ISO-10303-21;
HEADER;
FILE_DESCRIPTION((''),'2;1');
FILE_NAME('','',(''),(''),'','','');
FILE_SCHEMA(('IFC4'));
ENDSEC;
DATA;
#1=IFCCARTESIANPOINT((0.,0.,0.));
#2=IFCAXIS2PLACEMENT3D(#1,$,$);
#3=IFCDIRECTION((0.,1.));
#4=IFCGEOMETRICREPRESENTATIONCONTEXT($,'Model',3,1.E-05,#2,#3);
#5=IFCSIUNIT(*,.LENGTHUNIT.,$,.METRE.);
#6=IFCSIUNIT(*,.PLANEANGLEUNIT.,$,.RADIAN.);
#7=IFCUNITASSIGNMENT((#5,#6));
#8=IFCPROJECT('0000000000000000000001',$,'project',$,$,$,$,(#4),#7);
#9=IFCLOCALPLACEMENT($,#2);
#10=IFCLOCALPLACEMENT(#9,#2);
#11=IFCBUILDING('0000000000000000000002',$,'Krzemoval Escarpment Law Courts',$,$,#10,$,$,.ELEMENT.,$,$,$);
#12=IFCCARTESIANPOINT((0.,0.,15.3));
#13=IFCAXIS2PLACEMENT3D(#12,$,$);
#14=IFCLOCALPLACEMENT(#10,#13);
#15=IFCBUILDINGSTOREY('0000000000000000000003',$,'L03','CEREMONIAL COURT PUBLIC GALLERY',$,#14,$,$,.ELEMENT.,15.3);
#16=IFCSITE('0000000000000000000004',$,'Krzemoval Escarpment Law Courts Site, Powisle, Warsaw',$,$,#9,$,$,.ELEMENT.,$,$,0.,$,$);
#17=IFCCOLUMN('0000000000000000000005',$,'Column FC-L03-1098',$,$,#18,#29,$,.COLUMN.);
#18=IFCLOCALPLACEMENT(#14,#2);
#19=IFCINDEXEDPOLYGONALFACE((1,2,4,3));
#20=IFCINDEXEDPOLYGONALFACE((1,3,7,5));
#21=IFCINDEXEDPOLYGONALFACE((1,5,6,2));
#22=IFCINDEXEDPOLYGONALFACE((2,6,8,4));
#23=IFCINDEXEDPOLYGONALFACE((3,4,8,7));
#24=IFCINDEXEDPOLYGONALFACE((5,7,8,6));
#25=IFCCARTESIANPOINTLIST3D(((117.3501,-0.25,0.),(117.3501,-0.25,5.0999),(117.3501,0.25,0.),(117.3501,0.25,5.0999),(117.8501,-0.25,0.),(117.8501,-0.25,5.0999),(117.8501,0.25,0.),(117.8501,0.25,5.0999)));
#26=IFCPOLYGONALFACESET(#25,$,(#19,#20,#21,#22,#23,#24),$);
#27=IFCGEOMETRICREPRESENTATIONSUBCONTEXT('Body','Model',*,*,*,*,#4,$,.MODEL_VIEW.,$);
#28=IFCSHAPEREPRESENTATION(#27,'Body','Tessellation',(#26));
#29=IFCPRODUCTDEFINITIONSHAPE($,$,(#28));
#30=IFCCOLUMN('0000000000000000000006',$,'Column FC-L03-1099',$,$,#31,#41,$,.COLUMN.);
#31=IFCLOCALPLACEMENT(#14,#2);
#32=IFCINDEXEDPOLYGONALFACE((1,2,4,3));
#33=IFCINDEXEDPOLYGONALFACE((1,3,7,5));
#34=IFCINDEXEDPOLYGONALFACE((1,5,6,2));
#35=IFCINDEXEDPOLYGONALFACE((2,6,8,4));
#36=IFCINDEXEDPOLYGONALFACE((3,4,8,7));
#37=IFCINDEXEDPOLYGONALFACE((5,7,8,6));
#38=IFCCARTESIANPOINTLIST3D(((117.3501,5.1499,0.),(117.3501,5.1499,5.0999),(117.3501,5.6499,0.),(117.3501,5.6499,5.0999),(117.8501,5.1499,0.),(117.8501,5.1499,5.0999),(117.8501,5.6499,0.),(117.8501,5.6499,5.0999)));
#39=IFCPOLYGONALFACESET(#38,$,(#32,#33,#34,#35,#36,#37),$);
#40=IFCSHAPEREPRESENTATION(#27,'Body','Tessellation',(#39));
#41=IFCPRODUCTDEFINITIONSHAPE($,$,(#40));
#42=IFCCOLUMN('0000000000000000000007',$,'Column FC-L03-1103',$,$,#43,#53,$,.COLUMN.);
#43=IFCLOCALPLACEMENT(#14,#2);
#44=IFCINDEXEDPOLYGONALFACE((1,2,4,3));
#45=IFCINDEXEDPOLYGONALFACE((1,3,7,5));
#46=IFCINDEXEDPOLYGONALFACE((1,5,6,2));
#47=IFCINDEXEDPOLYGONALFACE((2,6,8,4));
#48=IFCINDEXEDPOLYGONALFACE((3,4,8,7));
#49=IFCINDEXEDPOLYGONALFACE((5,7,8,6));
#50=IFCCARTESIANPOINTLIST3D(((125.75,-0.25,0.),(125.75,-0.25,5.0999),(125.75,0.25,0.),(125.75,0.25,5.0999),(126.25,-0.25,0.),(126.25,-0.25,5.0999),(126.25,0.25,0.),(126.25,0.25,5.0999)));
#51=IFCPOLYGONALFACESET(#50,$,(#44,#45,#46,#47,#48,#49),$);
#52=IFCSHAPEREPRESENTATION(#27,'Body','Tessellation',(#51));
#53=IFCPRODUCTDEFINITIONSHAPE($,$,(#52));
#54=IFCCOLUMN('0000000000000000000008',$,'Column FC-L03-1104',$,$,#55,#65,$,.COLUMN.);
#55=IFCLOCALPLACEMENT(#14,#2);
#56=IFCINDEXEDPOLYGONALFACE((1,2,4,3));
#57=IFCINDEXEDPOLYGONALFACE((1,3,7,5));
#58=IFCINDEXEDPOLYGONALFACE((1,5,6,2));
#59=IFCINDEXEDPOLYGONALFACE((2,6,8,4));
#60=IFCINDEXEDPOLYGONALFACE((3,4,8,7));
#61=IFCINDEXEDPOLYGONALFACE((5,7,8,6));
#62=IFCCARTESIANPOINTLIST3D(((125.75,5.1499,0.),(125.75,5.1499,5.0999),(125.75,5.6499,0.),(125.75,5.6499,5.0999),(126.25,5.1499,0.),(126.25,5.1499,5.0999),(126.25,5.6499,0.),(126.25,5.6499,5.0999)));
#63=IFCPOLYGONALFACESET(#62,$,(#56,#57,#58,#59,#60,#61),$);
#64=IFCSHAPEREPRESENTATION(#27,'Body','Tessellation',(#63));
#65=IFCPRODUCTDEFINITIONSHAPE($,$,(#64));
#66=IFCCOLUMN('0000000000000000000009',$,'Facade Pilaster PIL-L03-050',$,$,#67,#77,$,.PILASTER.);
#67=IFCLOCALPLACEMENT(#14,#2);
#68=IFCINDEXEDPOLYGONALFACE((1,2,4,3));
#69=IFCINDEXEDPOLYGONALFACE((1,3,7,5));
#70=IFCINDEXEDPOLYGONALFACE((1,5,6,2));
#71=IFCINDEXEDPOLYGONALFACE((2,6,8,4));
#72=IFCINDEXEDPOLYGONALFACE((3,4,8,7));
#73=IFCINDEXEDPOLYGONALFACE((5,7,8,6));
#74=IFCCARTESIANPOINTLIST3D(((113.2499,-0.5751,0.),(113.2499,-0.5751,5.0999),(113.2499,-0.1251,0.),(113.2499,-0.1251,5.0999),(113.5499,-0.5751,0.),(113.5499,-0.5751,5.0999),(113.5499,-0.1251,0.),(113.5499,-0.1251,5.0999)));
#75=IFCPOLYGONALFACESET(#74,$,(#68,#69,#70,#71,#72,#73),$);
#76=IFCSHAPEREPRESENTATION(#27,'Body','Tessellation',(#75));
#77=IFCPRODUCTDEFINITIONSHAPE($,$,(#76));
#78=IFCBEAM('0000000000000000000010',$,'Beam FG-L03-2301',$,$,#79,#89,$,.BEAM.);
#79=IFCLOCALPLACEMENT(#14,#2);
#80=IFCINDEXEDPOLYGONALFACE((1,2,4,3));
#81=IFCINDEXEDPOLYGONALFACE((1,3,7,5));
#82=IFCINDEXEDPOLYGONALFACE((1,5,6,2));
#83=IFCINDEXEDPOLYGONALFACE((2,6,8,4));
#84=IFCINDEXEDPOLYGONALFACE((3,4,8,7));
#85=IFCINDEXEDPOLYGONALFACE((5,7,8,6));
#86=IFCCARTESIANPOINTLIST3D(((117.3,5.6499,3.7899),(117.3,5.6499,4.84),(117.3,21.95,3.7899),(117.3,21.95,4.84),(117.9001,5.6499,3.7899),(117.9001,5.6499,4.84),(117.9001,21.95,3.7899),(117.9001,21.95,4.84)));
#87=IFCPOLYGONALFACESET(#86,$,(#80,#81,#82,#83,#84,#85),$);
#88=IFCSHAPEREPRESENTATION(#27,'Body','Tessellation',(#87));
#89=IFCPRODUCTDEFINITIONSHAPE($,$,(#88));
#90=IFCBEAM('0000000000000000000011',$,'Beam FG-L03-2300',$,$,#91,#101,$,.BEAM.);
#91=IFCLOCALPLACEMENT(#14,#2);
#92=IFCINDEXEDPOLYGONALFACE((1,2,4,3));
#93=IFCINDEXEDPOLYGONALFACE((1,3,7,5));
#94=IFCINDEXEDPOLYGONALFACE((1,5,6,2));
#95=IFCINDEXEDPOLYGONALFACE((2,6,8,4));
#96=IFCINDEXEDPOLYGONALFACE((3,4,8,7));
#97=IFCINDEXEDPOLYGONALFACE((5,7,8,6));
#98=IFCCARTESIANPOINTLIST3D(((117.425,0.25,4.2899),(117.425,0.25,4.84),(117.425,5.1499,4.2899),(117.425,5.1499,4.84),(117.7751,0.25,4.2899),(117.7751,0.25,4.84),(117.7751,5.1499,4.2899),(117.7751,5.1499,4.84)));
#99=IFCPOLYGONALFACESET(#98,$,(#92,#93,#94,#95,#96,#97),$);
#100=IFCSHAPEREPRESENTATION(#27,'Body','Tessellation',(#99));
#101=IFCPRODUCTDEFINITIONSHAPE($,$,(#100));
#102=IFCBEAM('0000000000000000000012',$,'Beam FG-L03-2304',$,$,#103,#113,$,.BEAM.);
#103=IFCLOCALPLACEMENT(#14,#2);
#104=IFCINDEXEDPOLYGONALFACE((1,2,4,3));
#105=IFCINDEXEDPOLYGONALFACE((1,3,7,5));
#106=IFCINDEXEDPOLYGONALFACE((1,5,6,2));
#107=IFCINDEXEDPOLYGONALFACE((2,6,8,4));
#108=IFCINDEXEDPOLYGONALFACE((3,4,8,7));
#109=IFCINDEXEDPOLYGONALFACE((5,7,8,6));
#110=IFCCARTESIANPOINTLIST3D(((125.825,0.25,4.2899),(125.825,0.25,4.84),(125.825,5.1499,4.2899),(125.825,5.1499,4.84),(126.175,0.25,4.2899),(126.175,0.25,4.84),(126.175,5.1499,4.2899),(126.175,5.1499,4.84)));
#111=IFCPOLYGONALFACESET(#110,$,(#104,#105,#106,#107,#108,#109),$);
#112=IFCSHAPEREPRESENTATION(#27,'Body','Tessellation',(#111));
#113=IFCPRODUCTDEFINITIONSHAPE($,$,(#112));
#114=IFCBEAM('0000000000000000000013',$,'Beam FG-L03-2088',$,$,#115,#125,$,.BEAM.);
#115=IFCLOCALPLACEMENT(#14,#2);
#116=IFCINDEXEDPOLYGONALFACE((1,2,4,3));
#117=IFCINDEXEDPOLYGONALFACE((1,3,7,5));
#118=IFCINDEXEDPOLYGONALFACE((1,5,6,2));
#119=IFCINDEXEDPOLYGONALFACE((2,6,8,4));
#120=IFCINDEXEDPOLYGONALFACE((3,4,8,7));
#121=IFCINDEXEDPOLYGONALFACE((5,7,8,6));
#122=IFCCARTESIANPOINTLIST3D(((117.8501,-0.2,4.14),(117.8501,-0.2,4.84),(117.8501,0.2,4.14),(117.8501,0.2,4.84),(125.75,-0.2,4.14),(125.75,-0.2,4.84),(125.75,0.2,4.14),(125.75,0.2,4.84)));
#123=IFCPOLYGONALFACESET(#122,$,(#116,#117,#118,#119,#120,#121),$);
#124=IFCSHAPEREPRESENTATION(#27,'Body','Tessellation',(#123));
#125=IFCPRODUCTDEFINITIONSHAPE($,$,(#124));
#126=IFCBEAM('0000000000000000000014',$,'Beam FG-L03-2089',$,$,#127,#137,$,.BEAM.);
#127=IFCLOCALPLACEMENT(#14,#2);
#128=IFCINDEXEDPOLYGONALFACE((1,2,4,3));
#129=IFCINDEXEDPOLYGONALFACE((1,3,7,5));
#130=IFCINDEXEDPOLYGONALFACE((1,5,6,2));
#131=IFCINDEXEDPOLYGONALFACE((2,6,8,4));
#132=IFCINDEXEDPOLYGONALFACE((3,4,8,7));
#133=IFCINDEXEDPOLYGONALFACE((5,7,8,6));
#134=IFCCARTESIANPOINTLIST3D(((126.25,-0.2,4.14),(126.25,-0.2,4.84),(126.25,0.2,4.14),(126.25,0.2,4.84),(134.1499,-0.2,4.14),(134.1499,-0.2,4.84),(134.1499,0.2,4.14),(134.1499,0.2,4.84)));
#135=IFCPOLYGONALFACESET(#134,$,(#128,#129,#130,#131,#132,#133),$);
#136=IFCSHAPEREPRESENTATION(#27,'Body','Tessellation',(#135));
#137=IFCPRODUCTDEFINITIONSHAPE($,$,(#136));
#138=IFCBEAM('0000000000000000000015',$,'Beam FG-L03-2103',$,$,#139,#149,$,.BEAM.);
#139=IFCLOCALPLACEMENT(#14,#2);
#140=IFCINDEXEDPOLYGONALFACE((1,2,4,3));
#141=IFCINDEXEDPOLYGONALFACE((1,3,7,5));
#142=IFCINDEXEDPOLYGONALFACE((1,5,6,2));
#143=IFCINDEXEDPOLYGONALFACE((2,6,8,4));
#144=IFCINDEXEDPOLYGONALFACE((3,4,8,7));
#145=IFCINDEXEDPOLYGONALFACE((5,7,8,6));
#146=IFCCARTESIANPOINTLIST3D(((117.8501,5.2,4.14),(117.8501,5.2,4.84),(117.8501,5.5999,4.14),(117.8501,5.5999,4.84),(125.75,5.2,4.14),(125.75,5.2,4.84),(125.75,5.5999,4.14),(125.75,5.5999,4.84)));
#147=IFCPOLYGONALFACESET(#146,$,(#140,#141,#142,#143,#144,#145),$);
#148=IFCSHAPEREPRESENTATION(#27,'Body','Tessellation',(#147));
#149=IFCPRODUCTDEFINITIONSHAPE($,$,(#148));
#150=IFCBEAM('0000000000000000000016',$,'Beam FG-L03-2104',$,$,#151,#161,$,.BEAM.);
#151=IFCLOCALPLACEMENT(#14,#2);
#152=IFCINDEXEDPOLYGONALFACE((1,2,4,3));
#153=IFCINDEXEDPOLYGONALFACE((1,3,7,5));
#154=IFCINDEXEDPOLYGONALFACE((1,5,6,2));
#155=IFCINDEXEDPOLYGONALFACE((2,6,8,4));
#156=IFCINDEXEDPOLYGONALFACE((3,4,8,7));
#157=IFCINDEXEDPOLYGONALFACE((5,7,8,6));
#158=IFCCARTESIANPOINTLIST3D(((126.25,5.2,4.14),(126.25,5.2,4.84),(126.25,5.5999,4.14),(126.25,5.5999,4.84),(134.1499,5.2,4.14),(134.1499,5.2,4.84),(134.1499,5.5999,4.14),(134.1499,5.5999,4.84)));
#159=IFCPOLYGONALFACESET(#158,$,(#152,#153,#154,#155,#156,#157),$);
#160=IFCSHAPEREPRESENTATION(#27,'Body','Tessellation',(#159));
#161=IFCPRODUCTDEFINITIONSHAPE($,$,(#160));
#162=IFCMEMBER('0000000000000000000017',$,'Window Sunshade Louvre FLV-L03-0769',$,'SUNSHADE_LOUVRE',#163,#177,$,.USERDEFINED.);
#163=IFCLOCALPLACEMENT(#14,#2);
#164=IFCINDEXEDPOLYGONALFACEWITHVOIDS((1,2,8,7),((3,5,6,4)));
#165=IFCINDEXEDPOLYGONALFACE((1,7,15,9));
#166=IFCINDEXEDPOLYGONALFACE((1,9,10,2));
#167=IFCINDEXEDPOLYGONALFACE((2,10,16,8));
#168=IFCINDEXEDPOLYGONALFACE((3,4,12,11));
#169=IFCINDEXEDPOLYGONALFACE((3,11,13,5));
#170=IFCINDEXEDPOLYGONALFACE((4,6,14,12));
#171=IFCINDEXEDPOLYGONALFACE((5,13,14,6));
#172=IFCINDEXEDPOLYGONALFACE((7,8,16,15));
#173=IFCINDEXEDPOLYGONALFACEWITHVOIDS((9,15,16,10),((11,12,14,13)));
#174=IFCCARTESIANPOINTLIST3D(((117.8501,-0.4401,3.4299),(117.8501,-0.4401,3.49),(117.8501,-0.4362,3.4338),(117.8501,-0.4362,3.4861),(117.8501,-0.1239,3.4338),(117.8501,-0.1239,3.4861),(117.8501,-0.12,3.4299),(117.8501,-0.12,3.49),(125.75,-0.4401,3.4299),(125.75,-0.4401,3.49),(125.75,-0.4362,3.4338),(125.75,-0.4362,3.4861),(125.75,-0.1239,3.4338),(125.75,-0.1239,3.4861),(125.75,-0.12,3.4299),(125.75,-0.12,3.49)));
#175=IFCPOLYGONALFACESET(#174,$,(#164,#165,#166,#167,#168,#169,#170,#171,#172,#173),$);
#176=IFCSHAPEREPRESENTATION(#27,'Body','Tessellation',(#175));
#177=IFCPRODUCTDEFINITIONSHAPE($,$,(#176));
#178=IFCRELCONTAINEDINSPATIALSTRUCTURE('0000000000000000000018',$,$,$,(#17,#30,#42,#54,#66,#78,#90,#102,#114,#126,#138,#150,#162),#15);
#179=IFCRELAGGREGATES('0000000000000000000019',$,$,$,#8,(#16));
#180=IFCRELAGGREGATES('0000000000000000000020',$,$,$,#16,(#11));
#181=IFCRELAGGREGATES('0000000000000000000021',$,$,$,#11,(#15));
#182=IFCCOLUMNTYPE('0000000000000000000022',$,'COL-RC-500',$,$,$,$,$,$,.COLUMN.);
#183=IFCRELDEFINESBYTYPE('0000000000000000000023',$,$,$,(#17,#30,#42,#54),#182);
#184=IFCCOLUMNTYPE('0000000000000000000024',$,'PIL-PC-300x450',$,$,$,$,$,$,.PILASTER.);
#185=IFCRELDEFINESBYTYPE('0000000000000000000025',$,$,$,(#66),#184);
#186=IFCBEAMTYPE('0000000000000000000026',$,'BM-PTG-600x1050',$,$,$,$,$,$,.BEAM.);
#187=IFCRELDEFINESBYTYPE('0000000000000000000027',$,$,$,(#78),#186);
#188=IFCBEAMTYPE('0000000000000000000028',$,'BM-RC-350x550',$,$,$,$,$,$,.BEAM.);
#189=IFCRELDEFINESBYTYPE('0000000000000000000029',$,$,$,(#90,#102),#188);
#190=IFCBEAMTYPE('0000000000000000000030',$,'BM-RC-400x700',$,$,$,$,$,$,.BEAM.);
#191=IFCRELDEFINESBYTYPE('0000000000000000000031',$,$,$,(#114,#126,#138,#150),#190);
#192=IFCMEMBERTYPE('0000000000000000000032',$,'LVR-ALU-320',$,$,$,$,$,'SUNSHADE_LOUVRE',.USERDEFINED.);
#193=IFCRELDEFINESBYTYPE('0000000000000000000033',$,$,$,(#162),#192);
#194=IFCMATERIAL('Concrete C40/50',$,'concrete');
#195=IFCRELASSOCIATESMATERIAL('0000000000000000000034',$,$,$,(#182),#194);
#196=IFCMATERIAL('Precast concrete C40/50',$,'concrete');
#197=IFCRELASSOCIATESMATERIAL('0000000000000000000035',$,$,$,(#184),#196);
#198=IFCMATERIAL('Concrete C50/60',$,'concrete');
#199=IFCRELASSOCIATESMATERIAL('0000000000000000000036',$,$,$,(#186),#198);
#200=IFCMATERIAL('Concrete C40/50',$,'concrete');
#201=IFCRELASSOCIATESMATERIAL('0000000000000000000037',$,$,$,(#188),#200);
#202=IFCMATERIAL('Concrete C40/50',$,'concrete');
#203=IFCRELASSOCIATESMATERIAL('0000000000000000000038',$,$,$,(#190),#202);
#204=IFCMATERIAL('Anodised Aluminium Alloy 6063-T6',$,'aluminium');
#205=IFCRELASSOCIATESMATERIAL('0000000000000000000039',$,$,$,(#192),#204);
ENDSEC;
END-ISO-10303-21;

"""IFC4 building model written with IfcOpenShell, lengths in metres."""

from ifc_helpers import new_model, si_unit, direction, frame, origin, origin_2d, place, context, subcontext, project, spatial, rectangle, hollow_rectangle, extrude, material, material_profile, profile_set, type_object, element, save


model = new_model("IFC4")

# Units and contexts
model_context = context("Model", 3, precision=1e-05, world=origin(), true_north=direction((0.0, 1.0)))
body_context = subcontext(model_context, "Body", "Model", "MODEL_VIEW")
ifc_project = project(units=[si_unit("LENGTHUNIT", "METRE"), si_unit("PLANEANGLEUNIT", "RADIAN")], contexts=[model_context])

# Site, building, storey
site_placement = place(None, origin())
site = spatial("IfcSite", under=ifc_project, at=site_placement, Name="Krzemoval Escarpment Law Courts Site, Powisle, Warsaw", CompositionType="ELEMENT", RefElevation=0.0)
building_placement = place(site_placement, origin())
building = spatial("IfcBuilding", under=site, at=building_placement, Name="Krzemoval Escarpment Law Courts", CompositionType="ELEMENT")
storey_placement = place(building_placement, frame((0.0, 0.0, 15.3)))
storey = spatial("IfcBuildingStorey", under=building, at=storey_placement, Name="L03", Description="CEREMONIAL COURT PUBLIC GALLERY", CompositionType="ELEMENT", Elevation=15.3)

# Columns
ifc_material_1 = material(Name="Concrete C40/50", Category="concrete")
ifc_material_profile_1 = material_profile(ifc_material_1, rectangle(XDim=0.5, YDim=0.5, at=origin_2d()), Name="RC 500x500")
ifc_profile_set_1 = profile_set([ifc_material_profile_1], Name="Concrete C40/50")
column_type_1 = type_object("IfcColumnType", Name="COL-RC-500", PredefinedType="COLUMN", material=ifc_profile_set_1)
for number, where, z_axis, x_axis, name in (
    (1, (117.6001, 0.0, 0.0), (0.0, 0.0, 1.0), (1.0, 0.0, 0.0), "Column FC-L03-1098"),
    (2, (117.6001, 5.3999, 0.0), (0.0, 0.0, 1.0), (1.0, 0.0, 0.0), "Column FC-L03-1099"),
    (3, (126.0, 0.0, 0.0), (0.0, 0.0, 1.0), (1.0, 0.0, 0.0), "Column FC-L03-1103"),
    (4, (126.0, 5.3999, 0.0), (0.0, 0.0, 1.0), (1.0, 0.0, 0.0), "Column FC-L03-1104"),
):
    element("IfcColumn", number, at=place(storey_placement, frame(where, z_axis=z_axis, x_axis=x_axis)), inside=storey, type_object=column_type_1, Name=name, PredefinedType="COLUMN", context=body_context, shape_type="SweptSolid", body=[
        extrude(rectangle(XDim=0.5, YDim=0.5, at=origin_2d()), origin(), (0.0, 0.0, 1.0), 5.0999),
    ])
ifc_material_2 = material(Name="Precast concrete C40/50", Category="concrete")
ifc_material_profile_2 = material_profile(ifc_material_2, rectangle(XDim=0.3, YDim=0.45, at=origin_2d()), Name="PIL 300x450")
ifc_profile_set_2 = profile_set([ifc_material_profile_2], Name="Precast concrete C40/50")
column_type_2 = type_object("IfcColumnType", Name="PIL-PC-300x450", PredefinedType="PILASTER", material=ifc_profile_set_2)
column_placement = place(storey_placement, frame((113.3999, -0.3501, 0.0), z_axis=(0.0, 0.0, 1.0), x_axis=(1.0, 0.0, 0.0)))
element("IfcColumn", 5, at=column_placement, inside=storey, type_object=column_type_2, Name="Facade Pilaster PIL-L03-050", PredefinedType="PILASTER", context=body_context, shape_type="SweptSolid", body=[
    extrude(rectangle(XDim=0.3, YDim=0.45, at=origin_2d()), origin(), (0.0, 0.0, 1.0), 5.0999),
])

# Beams
ifc_material_3 = material(Name="Concrete C50/60", Category="concrete")
ifc_material_profile_3 = material_profile(ifc_material_3, rectangle(XDim=0.6001, YDim=1.05, at=origin_2d()), Name="PTG 600x1050")
ifc_profile_set_3 = profile_set([ifc_material_profile_3], Name="Concrete C50/60")
beam_type_1 = type_object("IfcBeamType", Name="BM-PTG-600x1050", PredefinedType="BEAM", material=ifc_profile_set_3)
beam_placement = place(storey_placement, frame((117.6001, 5.6499, 4.3149), z_axis=(0.0, 1.0, 0.0), x_axis=(-1.0, 0.0, 0.0)))
element("IfcBeam", 6, at=beam_placement, inside=storey, type_object=beam_type_1, Name="Beam FG-L03-2301", PredefinedType="BEAM", context=body_context, shape_type="SweptSolid", body=[
    extrude(rectangle(XDim=0.6001, YDim=1.05, at=origin_2d()), origin(), (0.0, 0.0, 1.0), 16.3),
])
ifc_material_4 = material(Name="Concrete C40/50", Category="concrete")
ifc_material_profile_4 = material_profile(ifc_material_4, rectangle(XDim=0.3501, YDim=0.55, at=origin_2d()), Name="RCB 350x550")
ifc_profile_set_4 = profile_set([ifc_material_profile_4], Name="Concrete C40/50")
beam_type_2 = type_object("IfcBeamType", Name="BM-RC-350x550", PredefinedType="BEAM", material=ifc_profile_set_4)
for number, where, z_axis, x_axis, name in (
    (7, (117.6001, 0.25, 4.5649), (0.0, 1.0, 0.0), (-1.0, 0.0, 0.0), "Beam FG-L03-2300"),
    (8, (126.0, 0.25, 4.5649), (0.0, 1.0, 0.0), (-1.0, 0.0, 0.0), "Beam FG-L03-2304"),
):
    element("IfcBeam", number, at=place(storey_placement, frame(where, z_axis=z_axis, x_axis=x_axis)), inside=storey, type_object=beam_type_2, Name=name, PredefinedType="BEAM", context=body_context, shape_type="SweptSolid", body=[
        extrude(rectangle(XDim=0.3501, YDim=0.55, at=origin_2d()), origin(), (0.0, 0.0, 1.0), 4.8999),
    ])
ifc_material_5 = material(Name="Concrete C40/50", Category="concrete")
ifc_material_profile_5 = material_profile(ifc_material_5, rectangle(XDim=0.3999, YDim=0.7, at=origin_2d()), Name="RCB 400x700")
ifc_profile_set_5 = profile_set([ifc_material_profile_5], Name="Concrete C40/50")
beam_type_3 = type_object("IfcBeamType", Name="BM-RC-400x700", PredefinedType="BEAM", material=ifc_profile_set_5)
for number, where, z_axis, x_axis, name in (
    (9, (117.8501, 0.0, 4.49), (1.0, 0.0, 0.0), (0.0, 1.0, 0.0), "Beam FG-L03-2088"),
    (10, (126.25, 0.0, 4.49), (1.0, 0.0, 0.0), (0.0, 1.0, 0.0), "Beam FG-L03-2089"),
    (11, (117.8501, 5.3999, 4.49), (1.0, 0.0, 0.0), (0.0, 1.0, 0.0), "Beam FG-L03-2103"),
    (12, (126.25, 5.3999, 4.49), (1.0, 0.0, 0.0), (0.0, 1.0, 0.0), "Beam FG-L03-2104"),
):
    element("IfcBeam", number, at=place(storey_placement, frame(where, z_axis=z_axis, x_axis=x_axis)), inside=storey, type_object=beam_type_3, Name=name, PredefinedType="BEAM", context=body_context, shape_type="SweptSolid", body=[
        extrude(rectangle(XDim=0.3999, YDim=0.7, at=origin_2d()), origin(), (0.0, 0.0, 1.0), 7.8999),
    ])

# Member
ifc_material_6 = material(Name="Anodised Aluminium Alloy 6063-T6", Category="aluminium")
ifc_material_profile_6 = material_profile(ifc_material_6, hollow_rectangle(XDim=0.0601, YDim=0.3201, WallThickness=0.0039, at=origin_2d()), Name="ALU LVR 60x320")
ifc_profile_set_6 = profile_set([ifc_material_profile_6], Name="Anodised Aluminium Alloy 6063-T6")
member_type = type_object("IfcMemberType", Name="LVR-ALU-320", ElementType="SUNSHADE_LOUVRE", PredefinedType="USERDEFINED", material=ifc_profile_set_6)
member_placement = place(storey_placement, frame((125.75, -0.28, 3.46), z_axis=(-1.0, 0.0, 0.0), x_axis=(0.0, 0.0, 1.0)))
element("IfcMember", 13, at=member_placement, inside=storey, type_object=member_type, Name="Window Sunshade Louvre FLV-L03-0769", ObjectType="SUNSHADE_LOUVRE", PredefinedType="USERDEFINED", context=body_context, shape_type="SweptSolid", body=[
    extrude(hollow_rectangle(XDim=0.0601, YDim=0.3201, WallThickness=0.0039, at=origin_2d()), origin(), (0.0, 0.0, 1.0), 7.8999),
])

save(model, "model.ifc")
